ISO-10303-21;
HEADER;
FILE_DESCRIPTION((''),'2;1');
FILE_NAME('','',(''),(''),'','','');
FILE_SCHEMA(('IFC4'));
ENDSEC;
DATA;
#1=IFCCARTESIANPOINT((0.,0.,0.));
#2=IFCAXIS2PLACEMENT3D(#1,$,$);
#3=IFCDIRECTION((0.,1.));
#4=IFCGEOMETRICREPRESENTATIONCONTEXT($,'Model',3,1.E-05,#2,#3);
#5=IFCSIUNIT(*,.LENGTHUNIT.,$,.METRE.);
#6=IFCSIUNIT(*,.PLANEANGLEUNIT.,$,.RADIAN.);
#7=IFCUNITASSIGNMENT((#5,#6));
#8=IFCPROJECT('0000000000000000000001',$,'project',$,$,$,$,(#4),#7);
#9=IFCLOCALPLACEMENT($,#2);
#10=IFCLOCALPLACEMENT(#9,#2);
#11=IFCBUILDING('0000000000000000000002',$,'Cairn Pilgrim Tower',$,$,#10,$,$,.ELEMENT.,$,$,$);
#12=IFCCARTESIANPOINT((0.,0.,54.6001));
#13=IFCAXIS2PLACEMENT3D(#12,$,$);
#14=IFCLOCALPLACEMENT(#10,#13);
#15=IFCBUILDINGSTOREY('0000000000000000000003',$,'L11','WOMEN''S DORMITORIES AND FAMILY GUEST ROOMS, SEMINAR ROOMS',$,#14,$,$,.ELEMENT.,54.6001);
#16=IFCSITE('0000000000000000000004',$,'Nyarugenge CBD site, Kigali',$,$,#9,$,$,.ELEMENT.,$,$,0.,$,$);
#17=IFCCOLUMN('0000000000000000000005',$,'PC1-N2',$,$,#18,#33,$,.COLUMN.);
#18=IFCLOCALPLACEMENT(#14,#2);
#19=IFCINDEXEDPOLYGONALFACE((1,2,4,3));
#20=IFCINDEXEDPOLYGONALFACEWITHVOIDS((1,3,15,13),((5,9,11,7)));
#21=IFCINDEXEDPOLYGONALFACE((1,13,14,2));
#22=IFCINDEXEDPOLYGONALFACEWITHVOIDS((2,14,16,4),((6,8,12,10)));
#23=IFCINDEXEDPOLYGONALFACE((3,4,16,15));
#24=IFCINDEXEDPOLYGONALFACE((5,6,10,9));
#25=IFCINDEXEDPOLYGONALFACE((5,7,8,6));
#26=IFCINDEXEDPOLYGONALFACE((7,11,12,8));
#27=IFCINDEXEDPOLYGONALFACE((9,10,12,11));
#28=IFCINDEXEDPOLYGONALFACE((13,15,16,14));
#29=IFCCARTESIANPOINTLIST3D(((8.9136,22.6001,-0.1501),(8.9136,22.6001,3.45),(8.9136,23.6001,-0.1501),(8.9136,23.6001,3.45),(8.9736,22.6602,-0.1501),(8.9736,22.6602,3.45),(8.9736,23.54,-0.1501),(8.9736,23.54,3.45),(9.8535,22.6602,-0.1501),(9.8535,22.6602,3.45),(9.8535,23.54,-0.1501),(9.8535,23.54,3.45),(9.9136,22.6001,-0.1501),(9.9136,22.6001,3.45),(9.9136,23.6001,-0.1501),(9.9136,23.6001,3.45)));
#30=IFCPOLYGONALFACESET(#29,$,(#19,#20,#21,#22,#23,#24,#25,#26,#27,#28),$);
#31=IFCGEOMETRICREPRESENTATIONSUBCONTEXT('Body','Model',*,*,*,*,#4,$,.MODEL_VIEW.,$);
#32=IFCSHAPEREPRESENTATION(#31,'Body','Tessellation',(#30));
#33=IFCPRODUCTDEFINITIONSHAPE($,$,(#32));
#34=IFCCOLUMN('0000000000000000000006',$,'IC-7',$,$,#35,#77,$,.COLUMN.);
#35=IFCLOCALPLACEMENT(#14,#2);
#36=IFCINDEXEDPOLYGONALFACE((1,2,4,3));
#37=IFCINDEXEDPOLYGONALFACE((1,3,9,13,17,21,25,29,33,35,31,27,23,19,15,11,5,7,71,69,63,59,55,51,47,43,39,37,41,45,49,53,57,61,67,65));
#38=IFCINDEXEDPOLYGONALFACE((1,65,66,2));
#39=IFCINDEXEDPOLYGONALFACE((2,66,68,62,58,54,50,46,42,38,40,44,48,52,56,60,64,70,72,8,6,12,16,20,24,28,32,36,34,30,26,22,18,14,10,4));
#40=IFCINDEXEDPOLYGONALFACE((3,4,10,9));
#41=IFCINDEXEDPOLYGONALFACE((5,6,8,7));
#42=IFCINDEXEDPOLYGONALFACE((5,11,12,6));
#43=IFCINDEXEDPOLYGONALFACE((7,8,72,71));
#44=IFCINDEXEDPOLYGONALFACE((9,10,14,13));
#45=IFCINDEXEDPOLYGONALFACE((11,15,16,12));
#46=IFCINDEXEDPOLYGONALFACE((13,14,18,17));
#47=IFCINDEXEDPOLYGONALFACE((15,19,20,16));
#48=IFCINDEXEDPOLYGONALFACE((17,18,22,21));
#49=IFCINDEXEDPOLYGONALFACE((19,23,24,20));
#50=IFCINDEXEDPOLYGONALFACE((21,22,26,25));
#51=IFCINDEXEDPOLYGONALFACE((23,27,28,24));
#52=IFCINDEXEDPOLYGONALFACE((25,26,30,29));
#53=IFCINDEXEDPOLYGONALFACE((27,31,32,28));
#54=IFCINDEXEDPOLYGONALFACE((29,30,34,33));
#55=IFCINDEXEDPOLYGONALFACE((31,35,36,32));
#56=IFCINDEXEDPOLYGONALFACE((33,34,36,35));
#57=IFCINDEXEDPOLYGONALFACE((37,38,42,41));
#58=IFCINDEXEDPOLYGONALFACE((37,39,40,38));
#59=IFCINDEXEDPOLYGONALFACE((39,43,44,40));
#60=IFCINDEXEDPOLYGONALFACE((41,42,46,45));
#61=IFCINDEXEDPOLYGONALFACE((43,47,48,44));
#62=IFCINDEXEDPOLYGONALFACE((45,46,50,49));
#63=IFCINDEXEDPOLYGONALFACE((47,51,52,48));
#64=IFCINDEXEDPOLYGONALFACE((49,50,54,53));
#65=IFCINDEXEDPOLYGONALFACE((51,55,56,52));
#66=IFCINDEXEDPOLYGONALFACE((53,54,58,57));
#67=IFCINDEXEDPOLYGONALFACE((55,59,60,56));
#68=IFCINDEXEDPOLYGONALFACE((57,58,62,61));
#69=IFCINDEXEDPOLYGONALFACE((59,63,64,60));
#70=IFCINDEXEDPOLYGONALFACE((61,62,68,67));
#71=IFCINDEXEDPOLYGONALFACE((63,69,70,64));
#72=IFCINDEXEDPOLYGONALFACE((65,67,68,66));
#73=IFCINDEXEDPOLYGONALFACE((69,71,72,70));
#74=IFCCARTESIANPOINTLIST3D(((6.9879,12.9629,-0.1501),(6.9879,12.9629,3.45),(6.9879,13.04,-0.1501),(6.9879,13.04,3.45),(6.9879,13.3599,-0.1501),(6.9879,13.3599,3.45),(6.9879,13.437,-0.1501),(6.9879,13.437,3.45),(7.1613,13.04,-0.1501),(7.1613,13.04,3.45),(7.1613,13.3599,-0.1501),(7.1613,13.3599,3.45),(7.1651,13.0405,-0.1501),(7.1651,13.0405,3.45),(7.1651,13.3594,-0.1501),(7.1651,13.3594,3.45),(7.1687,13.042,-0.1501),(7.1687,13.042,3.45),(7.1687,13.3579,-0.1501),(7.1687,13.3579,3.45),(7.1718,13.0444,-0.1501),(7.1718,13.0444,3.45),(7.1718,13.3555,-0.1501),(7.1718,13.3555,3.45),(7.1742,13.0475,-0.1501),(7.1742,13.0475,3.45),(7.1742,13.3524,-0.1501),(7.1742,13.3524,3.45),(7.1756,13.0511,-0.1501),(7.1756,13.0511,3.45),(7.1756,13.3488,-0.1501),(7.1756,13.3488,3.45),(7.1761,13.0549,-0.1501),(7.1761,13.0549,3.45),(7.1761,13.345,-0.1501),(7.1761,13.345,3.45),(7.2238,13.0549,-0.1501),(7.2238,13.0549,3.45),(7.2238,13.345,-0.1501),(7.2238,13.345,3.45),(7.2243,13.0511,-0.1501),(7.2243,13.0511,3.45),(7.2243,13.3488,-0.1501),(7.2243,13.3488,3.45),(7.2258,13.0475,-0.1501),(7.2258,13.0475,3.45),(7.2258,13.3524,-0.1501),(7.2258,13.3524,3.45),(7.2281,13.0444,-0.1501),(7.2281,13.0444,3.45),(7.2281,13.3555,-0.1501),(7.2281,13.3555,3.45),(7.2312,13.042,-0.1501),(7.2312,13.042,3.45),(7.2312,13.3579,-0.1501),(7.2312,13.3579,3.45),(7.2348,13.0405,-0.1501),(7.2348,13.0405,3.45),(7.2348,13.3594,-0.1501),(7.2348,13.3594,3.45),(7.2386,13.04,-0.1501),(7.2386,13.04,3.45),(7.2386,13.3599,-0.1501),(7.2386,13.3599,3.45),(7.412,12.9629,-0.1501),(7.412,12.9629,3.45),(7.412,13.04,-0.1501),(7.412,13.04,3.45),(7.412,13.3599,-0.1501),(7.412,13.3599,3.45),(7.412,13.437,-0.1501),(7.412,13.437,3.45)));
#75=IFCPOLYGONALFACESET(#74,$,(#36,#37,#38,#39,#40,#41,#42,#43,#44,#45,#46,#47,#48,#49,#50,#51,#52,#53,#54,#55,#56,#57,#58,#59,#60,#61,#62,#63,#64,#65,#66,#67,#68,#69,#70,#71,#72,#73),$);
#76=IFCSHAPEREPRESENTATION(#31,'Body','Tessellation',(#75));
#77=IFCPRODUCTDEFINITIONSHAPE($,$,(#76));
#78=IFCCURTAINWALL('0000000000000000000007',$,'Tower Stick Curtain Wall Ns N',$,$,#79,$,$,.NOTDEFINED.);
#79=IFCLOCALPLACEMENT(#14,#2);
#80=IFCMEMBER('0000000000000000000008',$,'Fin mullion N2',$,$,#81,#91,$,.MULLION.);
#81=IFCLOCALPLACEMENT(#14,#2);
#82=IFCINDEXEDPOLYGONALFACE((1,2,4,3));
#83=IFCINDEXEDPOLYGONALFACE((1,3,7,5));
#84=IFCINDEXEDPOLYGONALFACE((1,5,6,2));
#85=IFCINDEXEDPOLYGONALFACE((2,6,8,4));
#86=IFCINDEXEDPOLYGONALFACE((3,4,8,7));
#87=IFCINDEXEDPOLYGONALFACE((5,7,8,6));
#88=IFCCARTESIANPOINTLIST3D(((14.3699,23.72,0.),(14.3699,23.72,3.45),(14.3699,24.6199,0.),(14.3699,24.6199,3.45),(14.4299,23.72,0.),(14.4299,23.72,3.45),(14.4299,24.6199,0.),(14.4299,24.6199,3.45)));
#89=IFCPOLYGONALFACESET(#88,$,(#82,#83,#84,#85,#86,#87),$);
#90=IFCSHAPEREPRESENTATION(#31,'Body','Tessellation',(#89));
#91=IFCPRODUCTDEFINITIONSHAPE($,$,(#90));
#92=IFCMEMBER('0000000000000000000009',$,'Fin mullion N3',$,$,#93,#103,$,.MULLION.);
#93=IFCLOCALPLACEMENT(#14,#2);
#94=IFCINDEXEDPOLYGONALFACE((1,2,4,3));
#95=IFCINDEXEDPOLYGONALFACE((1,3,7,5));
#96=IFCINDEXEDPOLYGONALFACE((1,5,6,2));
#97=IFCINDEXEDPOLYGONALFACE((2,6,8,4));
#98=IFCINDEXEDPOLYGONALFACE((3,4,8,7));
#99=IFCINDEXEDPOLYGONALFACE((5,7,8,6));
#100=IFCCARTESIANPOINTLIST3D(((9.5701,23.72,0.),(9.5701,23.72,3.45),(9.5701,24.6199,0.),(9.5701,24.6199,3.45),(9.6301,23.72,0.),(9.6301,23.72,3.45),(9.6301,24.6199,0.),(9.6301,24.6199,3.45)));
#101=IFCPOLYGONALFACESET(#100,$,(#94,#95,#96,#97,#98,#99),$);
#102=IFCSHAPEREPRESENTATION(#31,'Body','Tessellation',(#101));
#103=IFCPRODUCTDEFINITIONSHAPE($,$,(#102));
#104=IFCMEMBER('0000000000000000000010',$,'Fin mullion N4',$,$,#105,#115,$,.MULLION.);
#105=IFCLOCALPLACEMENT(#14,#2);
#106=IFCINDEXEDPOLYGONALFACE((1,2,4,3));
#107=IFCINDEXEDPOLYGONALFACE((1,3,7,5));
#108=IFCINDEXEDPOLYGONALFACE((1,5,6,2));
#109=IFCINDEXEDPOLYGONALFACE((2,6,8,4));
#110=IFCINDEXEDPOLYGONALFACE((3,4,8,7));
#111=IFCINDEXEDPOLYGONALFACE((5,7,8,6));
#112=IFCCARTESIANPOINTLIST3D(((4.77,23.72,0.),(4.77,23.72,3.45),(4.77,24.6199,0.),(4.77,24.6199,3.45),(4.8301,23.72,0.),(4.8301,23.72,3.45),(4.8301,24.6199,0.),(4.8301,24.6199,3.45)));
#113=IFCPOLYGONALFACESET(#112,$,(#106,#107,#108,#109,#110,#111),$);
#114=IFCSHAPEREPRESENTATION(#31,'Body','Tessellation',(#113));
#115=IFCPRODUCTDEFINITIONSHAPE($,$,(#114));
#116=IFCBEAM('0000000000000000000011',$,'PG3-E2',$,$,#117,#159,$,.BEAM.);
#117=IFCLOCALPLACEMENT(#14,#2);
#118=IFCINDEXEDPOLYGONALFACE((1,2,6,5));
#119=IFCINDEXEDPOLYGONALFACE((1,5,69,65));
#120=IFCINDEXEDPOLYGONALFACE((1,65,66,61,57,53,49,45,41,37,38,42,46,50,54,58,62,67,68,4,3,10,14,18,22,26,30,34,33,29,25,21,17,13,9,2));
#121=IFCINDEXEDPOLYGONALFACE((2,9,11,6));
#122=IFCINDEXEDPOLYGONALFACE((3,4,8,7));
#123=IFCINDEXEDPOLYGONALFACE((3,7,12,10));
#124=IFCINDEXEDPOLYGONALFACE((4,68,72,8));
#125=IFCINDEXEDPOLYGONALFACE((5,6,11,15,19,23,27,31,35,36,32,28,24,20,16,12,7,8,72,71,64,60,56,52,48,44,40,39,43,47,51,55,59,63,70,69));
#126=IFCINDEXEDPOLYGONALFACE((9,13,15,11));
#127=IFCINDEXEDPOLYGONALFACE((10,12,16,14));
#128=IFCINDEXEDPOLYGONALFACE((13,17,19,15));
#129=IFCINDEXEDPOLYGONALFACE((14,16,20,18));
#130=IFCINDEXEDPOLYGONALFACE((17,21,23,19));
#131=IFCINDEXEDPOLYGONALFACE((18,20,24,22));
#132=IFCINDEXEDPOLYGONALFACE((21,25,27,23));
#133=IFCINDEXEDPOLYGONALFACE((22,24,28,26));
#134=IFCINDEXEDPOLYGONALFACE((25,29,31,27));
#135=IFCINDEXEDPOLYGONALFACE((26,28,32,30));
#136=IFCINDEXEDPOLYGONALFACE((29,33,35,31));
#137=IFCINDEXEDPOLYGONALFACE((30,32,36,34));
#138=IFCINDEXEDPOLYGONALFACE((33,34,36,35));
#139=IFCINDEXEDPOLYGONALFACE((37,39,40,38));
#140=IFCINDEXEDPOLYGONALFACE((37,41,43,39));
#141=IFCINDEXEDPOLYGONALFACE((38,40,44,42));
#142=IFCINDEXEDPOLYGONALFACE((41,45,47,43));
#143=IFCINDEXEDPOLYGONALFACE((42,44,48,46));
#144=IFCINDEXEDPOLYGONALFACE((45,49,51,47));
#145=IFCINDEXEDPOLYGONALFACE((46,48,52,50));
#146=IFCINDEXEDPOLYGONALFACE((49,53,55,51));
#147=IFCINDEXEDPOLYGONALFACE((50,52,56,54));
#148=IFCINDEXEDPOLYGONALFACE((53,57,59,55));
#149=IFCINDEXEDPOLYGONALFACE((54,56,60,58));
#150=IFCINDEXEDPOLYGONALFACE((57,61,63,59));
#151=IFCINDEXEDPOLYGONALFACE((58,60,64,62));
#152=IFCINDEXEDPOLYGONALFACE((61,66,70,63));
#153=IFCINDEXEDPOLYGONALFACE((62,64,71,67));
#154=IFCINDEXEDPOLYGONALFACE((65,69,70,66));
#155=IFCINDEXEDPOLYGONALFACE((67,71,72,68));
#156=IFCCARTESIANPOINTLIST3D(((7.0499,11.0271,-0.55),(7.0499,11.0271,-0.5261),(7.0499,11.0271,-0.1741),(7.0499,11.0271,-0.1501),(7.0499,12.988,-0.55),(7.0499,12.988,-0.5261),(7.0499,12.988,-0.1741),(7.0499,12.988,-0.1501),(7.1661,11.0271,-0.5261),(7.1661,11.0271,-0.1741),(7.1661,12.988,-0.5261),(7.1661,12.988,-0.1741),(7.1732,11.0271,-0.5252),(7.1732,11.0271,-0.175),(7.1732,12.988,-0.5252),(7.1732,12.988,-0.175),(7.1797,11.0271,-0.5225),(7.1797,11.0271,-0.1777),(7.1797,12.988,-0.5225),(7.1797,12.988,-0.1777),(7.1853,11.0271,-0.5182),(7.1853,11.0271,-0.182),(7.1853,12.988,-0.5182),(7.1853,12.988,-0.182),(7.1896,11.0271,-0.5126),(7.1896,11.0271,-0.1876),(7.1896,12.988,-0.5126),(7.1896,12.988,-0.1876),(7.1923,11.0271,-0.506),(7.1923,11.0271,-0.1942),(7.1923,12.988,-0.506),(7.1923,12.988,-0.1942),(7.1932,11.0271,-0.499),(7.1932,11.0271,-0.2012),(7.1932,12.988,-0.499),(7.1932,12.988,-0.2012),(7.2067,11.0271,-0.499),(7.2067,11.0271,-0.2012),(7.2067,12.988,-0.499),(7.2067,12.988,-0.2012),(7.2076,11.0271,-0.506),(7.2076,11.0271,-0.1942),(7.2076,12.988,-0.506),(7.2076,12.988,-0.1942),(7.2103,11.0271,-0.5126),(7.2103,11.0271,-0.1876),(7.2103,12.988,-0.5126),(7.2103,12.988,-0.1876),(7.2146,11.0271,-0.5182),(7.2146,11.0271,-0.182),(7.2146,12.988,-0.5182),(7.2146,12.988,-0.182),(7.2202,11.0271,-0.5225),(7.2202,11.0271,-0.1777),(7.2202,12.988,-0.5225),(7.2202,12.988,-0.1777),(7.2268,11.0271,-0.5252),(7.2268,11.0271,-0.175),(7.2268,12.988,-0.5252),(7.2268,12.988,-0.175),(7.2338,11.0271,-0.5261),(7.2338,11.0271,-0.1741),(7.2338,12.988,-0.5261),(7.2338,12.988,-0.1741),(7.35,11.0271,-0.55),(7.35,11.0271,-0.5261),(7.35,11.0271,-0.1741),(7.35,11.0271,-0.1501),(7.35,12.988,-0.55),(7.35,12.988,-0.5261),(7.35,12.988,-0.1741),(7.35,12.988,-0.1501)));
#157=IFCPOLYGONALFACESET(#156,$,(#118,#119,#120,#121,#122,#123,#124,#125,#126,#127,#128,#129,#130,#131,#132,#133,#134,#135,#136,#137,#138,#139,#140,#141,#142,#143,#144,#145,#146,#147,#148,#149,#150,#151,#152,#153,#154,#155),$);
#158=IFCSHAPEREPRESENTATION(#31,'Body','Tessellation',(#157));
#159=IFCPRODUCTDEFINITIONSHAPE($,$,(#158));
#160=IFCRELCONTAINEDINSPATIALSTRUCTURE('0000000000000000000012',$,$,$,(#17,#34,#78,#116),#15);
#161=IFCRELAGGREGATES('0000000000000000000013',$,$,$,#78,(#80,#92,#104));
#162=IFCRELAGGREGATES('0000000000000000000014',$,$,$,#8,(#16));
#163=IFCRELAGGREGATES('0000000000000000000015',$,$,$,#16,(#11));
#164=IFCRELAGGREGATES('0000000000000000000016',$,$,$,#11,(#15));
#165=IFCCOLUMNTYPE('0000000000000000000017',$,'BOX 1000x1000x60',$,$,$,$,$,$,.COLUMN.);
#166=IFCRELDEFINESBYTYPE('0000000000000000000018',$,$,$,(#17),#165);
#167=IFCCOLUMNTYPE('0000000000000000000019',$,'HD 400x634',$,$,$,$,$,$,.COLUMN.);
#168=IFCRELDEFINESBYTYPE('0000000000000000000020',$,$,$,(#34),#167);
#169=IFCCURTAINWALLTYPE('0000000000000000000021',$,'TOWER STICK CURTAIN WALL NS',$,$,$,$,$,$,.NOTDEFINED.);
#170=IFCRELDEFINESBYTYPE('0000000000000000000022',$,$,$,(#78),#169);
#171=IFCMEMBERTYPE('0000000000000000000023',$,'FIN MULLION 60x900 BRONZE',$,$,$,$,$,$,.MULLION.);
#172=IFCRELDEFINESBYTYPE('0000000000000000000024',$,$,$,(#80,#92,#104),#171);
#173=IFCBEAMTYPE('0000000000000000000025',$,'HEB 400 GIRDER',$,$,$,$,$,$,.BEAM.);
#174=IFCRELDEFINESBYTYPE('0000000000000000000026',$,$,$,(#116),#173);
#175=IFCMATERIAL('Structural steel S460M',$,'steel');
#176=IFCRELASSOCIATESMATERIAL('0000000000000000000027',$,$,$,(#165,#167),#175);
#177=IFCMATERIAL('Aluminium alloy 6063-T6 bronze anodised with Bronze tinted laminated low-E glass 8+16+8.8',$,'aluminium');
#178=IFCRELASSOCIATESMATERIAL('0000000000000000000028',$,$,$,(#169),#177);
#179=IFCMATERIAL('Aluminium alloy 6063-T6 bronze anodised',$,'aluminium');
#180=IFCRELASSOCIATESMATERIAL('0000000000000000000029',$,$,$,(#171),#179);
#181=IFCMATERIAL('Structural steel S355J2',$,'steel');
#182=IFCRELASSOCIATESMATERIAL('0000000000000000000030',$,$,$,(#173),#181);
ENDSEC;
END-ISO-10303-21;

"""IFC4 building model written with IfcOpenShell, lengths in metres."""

from ifc_helpers import new_model, si_unit, direction, frame, origin, origin_2d, place, context, subcontext, project, spatial, rectangle, hollow_rectangle, i_section, extrude, material, material_profile, profile_set, type_object, element, aggregate, save


model = new_model("IFC4")

# Units and contexts
model_context = context("Model", 3, precision=1e-05, world=origin(), true_north=direction((0.0, 1.0)))
body_context = subcontext(model_context, "Body", "Model", "MODEL_VIEW")
ifc_project = project(units=[si_unit("LENGTHUNIT", "METRE"), si_unit("PLANEANGLEUNIT", "RADIAN")], contexts=[model_context])

# Site, building, storey
site_placement = place(None, origin())
site = spatial("IfcSite", under=ifc_project, at=site_placement, Name="Nyarugenge CBD site, Kigali", CompositionType="ELEMENT", RefElevation=0.0)
building_placement = place(site_placement, origin())
building = spatial("IfcBuilding", under=site, at=building_placement, Name="Cairn Pilgrim Tower", CompositionType="ELEMENT")
storey_placement = place(building_placement, frame((0.0, 0.0, 54.6001)))
storey = spatial("IfcBuildingStorey", under=building, at=storey_placement, Name="L11", Description="WOMEN'S DORMITORIES AND FAMILY GUEST ROOMS, SEMINAR ROOMS", CompositionType="ELEMENT", Elevation=54.6001)

# Columns
ifc_material_1 = material(Name="Structural steel S460M", Category="steel")
ifc_material_profile_1 = material_profile(ifc_material_1, hollow_rectangle(XDim=1.0, YDim=1.0, WallThickness=0.0601, at=origin_2d()), Name="BOX 1000x1000x60")
ifc_profile_set_1 = profile_set([ifc_material_profile_1], Name="Structural steel S460M")
column_type_1 = type_object("IfcColumnType", Name="BOX 1000x1000x60", PredefinedType="COLUMN", material=ifc_profile_set_1)
column_1_placement = place(storey_placement, frame((9.4136, 23.1001, -0.1501), z_axis=(0.0, 0.0, 1.0), x_axis=(1.0, 0.0, 0.0)))
element("IfcColumn", 1, at=column_1_placement, inside=storey, type_object=column_type_1, Name="PC1-N2", PredefinedType="COLUMN", context=body_context, shape_type="SweptSolid", body=[
    extrude(hollow_rectangle(XDim=1.0, YDim=1.0, WallThickness=0.0601, at=origin_2d()), origin(), (0.0, 0.0, 1.0), 3.6001),
])
ifc_material_profile_2 = material_profile(ifc_material_1, i_section(OverallWidth=0.4241, OverallDepth=0.4741, WebThickness=0.0476, FlangeThickness=0.0771, FilletRadius=0.0149, at=origin_2d()), Name="HD 400x634")
ifc_profile_set_2 = profile_set([ifc_material_profile_2], Name="Structural steel S460M")
column_type_2 = type_object("IfcColumnType", Name="HD 400x634", PredefinedType="COLUMN", material=ifc_profile_set_2)
column_2_placement = place(storey_placement, frame((7.2, 13.2, -0.1501), z_axis=(0.0, 0.0, 1.0), x_axis=(1.0, 0.0, 0.0)))
element("IfcColumn", 2, at=column_2_placement, inside=storey, type_object=column_type_2, Name="IC-7", PredefinedType="COLUMN", context=body_context, shape_type="SweptSolid", body=[
    extrude(i_section(OverallWidth=0.4241, OverallDepth=0.4741, WebThickness=0.0476, FlangeThickness=0.0771, FilletRadius=0.0149, at=origin_2d()), origin(), (0.0, 0.0, 1.0), 3.6001),
])

# Curtain wall, members
ifc_material_2 = material(Name="Aluminium alloy 6063-T6 bronze anodised with Bronze tinted laminated low-E glass 8+16+8.8", Category="aluminium")
curtain_wall_type = type_object("IfcCurtainWallType", Name="TOWER STICK CURTAIN WALL NS", PredefinedType="NOTDEFINED", material=ifc_material_2)
curtain_wall_placement = place(storey_placement, origin())
curtain_wall = element("IfcCurtainWall", 3, at=curtain_wall_placement, inside=storey, type_object=curtain_wall_type, Name="Tower Stick Curtain Wall Ns N", PredefinedType="NOTDEFINED")
ifc_material_3 = material(Name="Aluminium alloy 6063-T6 bronze anodised", Category="aluminium")
ifc_material_profile_3 = material_profile(ifc_material_3, rectangle(XDim=0.8999, YDim=0.0601, at=origin_2d()), Name="FIN MULLION 60x900 BRONZE")
ifc_profile_set_3 = profile_set([ifc_material_profile_3], Name="Aluminium alloy 6063-T6 bronze anodised")
member_type_1 = type_object("IfcMemberType", Name="FIN MULLION 60x900 BRONZE", PredefinedType="MULLION", material=ifc_profile_set_3)
member_1_placement = place(storey_placement, frame((14.3999, 24.1699, 0.0), z_axis=(0.0, 0.0, 1.0), x_axis=(0.0, 1.0, 0.0)))
member_1 = element("IfcMember", 4, at=member_1_placement, type_object=member_type_1, Name="Fin mullion N2", PredefinedType="MULLION", context=body_context, shape_type="SweptSolid", body=[
    extrude(rectangle(XDim=0.8999, YDim=0.0601, at=origin_2d()), origin(), (0.0, 0.0, 1.0), 3.45),
])
member_2_placement = place(storey_placement, frame((9.6001, 24.1699, 0.0), z_axis=(0.0, 0.0, 1.0), x_axis=(0.0, 1.0, 0.0)))
member_2 = element("IfcMember", 5, at=member_2_placement, type_object=member_type_1, Name="Fin mullion N3", PredefinedType="MULLION", context=body_context, shape_type="SweptSolid", body=[
    extrude(rectangle(XDim=0.8999, YDim=0.0601, at=origin_2d()), origin(), (0.0, 0.0, 1.0), 3.45),
])
member_3_placement = place(storey_placement, frame((4.8, 24.1699, 0.0), z_axis=(0.0, 0.0, 1.0), x_axis=(0.0, 1.0, 0.0)))
member_3 = element("IfcMember", 6, at=member_3_placement, type_object=member_type_1, Name="Fin mullion N4", PredefinedType="MULLION", context=body_context, shape_type="SweptSolid", body=[
    extrude(rectangle(XDim=0.8999, YDim=0.0601, at=origin_2d()), origin(), (0.0, 0.0, 1.0), 3.45),
])

# Beam
ifc_material_4 = material(Name="Structural steel S355J2", Category="steel")
ifc_material_profile_4 = material_profile(ifc_material_4, i_section(OverallWidth=0.3, OverallDepth=0.3999, WebThickness=0.0134, FlangeThickness=0.0239, FilletRadius=0.0271, at=origin_2d()), Name="HEB 400")
ifc_profile_set_4 = profile_set([ifc_material_profile_4], Name="Structural steel S355J2")
beam_type_1 = type_object("IfcBeamType", Name="HEB 400 GIRDER", PredefinedType="BEAM", material=ifc_profile_set_4)
beam_1_placement = place(storey_placement, frame((7.2, 11.0271, -0.3501), z_axis=(0.0, 1.0, 0.0), x_axis=(-1.0, 0.0, 0.0)))
element("IfcBeam", 7, at=beam_1_placement, inside=storey, type_object=beam_type_1, Name="PG3-E2", PredefinedType="BEAM", context=body_context, shape_type="SweptSolid", body=[
    extrude(i_section(OverallWidth=0.3, OverallDepth=0.3999, WebThickness=0.0134, FlangeThickness=0.0239, FilletRadius=0.0271, at=origin_2d()), origin(), (0.0, 0.0, 1.0), 1.9609),
])

aggregate(curtain_wall, [member_1, member_2, member_3])

save(model, "model.ifc")
